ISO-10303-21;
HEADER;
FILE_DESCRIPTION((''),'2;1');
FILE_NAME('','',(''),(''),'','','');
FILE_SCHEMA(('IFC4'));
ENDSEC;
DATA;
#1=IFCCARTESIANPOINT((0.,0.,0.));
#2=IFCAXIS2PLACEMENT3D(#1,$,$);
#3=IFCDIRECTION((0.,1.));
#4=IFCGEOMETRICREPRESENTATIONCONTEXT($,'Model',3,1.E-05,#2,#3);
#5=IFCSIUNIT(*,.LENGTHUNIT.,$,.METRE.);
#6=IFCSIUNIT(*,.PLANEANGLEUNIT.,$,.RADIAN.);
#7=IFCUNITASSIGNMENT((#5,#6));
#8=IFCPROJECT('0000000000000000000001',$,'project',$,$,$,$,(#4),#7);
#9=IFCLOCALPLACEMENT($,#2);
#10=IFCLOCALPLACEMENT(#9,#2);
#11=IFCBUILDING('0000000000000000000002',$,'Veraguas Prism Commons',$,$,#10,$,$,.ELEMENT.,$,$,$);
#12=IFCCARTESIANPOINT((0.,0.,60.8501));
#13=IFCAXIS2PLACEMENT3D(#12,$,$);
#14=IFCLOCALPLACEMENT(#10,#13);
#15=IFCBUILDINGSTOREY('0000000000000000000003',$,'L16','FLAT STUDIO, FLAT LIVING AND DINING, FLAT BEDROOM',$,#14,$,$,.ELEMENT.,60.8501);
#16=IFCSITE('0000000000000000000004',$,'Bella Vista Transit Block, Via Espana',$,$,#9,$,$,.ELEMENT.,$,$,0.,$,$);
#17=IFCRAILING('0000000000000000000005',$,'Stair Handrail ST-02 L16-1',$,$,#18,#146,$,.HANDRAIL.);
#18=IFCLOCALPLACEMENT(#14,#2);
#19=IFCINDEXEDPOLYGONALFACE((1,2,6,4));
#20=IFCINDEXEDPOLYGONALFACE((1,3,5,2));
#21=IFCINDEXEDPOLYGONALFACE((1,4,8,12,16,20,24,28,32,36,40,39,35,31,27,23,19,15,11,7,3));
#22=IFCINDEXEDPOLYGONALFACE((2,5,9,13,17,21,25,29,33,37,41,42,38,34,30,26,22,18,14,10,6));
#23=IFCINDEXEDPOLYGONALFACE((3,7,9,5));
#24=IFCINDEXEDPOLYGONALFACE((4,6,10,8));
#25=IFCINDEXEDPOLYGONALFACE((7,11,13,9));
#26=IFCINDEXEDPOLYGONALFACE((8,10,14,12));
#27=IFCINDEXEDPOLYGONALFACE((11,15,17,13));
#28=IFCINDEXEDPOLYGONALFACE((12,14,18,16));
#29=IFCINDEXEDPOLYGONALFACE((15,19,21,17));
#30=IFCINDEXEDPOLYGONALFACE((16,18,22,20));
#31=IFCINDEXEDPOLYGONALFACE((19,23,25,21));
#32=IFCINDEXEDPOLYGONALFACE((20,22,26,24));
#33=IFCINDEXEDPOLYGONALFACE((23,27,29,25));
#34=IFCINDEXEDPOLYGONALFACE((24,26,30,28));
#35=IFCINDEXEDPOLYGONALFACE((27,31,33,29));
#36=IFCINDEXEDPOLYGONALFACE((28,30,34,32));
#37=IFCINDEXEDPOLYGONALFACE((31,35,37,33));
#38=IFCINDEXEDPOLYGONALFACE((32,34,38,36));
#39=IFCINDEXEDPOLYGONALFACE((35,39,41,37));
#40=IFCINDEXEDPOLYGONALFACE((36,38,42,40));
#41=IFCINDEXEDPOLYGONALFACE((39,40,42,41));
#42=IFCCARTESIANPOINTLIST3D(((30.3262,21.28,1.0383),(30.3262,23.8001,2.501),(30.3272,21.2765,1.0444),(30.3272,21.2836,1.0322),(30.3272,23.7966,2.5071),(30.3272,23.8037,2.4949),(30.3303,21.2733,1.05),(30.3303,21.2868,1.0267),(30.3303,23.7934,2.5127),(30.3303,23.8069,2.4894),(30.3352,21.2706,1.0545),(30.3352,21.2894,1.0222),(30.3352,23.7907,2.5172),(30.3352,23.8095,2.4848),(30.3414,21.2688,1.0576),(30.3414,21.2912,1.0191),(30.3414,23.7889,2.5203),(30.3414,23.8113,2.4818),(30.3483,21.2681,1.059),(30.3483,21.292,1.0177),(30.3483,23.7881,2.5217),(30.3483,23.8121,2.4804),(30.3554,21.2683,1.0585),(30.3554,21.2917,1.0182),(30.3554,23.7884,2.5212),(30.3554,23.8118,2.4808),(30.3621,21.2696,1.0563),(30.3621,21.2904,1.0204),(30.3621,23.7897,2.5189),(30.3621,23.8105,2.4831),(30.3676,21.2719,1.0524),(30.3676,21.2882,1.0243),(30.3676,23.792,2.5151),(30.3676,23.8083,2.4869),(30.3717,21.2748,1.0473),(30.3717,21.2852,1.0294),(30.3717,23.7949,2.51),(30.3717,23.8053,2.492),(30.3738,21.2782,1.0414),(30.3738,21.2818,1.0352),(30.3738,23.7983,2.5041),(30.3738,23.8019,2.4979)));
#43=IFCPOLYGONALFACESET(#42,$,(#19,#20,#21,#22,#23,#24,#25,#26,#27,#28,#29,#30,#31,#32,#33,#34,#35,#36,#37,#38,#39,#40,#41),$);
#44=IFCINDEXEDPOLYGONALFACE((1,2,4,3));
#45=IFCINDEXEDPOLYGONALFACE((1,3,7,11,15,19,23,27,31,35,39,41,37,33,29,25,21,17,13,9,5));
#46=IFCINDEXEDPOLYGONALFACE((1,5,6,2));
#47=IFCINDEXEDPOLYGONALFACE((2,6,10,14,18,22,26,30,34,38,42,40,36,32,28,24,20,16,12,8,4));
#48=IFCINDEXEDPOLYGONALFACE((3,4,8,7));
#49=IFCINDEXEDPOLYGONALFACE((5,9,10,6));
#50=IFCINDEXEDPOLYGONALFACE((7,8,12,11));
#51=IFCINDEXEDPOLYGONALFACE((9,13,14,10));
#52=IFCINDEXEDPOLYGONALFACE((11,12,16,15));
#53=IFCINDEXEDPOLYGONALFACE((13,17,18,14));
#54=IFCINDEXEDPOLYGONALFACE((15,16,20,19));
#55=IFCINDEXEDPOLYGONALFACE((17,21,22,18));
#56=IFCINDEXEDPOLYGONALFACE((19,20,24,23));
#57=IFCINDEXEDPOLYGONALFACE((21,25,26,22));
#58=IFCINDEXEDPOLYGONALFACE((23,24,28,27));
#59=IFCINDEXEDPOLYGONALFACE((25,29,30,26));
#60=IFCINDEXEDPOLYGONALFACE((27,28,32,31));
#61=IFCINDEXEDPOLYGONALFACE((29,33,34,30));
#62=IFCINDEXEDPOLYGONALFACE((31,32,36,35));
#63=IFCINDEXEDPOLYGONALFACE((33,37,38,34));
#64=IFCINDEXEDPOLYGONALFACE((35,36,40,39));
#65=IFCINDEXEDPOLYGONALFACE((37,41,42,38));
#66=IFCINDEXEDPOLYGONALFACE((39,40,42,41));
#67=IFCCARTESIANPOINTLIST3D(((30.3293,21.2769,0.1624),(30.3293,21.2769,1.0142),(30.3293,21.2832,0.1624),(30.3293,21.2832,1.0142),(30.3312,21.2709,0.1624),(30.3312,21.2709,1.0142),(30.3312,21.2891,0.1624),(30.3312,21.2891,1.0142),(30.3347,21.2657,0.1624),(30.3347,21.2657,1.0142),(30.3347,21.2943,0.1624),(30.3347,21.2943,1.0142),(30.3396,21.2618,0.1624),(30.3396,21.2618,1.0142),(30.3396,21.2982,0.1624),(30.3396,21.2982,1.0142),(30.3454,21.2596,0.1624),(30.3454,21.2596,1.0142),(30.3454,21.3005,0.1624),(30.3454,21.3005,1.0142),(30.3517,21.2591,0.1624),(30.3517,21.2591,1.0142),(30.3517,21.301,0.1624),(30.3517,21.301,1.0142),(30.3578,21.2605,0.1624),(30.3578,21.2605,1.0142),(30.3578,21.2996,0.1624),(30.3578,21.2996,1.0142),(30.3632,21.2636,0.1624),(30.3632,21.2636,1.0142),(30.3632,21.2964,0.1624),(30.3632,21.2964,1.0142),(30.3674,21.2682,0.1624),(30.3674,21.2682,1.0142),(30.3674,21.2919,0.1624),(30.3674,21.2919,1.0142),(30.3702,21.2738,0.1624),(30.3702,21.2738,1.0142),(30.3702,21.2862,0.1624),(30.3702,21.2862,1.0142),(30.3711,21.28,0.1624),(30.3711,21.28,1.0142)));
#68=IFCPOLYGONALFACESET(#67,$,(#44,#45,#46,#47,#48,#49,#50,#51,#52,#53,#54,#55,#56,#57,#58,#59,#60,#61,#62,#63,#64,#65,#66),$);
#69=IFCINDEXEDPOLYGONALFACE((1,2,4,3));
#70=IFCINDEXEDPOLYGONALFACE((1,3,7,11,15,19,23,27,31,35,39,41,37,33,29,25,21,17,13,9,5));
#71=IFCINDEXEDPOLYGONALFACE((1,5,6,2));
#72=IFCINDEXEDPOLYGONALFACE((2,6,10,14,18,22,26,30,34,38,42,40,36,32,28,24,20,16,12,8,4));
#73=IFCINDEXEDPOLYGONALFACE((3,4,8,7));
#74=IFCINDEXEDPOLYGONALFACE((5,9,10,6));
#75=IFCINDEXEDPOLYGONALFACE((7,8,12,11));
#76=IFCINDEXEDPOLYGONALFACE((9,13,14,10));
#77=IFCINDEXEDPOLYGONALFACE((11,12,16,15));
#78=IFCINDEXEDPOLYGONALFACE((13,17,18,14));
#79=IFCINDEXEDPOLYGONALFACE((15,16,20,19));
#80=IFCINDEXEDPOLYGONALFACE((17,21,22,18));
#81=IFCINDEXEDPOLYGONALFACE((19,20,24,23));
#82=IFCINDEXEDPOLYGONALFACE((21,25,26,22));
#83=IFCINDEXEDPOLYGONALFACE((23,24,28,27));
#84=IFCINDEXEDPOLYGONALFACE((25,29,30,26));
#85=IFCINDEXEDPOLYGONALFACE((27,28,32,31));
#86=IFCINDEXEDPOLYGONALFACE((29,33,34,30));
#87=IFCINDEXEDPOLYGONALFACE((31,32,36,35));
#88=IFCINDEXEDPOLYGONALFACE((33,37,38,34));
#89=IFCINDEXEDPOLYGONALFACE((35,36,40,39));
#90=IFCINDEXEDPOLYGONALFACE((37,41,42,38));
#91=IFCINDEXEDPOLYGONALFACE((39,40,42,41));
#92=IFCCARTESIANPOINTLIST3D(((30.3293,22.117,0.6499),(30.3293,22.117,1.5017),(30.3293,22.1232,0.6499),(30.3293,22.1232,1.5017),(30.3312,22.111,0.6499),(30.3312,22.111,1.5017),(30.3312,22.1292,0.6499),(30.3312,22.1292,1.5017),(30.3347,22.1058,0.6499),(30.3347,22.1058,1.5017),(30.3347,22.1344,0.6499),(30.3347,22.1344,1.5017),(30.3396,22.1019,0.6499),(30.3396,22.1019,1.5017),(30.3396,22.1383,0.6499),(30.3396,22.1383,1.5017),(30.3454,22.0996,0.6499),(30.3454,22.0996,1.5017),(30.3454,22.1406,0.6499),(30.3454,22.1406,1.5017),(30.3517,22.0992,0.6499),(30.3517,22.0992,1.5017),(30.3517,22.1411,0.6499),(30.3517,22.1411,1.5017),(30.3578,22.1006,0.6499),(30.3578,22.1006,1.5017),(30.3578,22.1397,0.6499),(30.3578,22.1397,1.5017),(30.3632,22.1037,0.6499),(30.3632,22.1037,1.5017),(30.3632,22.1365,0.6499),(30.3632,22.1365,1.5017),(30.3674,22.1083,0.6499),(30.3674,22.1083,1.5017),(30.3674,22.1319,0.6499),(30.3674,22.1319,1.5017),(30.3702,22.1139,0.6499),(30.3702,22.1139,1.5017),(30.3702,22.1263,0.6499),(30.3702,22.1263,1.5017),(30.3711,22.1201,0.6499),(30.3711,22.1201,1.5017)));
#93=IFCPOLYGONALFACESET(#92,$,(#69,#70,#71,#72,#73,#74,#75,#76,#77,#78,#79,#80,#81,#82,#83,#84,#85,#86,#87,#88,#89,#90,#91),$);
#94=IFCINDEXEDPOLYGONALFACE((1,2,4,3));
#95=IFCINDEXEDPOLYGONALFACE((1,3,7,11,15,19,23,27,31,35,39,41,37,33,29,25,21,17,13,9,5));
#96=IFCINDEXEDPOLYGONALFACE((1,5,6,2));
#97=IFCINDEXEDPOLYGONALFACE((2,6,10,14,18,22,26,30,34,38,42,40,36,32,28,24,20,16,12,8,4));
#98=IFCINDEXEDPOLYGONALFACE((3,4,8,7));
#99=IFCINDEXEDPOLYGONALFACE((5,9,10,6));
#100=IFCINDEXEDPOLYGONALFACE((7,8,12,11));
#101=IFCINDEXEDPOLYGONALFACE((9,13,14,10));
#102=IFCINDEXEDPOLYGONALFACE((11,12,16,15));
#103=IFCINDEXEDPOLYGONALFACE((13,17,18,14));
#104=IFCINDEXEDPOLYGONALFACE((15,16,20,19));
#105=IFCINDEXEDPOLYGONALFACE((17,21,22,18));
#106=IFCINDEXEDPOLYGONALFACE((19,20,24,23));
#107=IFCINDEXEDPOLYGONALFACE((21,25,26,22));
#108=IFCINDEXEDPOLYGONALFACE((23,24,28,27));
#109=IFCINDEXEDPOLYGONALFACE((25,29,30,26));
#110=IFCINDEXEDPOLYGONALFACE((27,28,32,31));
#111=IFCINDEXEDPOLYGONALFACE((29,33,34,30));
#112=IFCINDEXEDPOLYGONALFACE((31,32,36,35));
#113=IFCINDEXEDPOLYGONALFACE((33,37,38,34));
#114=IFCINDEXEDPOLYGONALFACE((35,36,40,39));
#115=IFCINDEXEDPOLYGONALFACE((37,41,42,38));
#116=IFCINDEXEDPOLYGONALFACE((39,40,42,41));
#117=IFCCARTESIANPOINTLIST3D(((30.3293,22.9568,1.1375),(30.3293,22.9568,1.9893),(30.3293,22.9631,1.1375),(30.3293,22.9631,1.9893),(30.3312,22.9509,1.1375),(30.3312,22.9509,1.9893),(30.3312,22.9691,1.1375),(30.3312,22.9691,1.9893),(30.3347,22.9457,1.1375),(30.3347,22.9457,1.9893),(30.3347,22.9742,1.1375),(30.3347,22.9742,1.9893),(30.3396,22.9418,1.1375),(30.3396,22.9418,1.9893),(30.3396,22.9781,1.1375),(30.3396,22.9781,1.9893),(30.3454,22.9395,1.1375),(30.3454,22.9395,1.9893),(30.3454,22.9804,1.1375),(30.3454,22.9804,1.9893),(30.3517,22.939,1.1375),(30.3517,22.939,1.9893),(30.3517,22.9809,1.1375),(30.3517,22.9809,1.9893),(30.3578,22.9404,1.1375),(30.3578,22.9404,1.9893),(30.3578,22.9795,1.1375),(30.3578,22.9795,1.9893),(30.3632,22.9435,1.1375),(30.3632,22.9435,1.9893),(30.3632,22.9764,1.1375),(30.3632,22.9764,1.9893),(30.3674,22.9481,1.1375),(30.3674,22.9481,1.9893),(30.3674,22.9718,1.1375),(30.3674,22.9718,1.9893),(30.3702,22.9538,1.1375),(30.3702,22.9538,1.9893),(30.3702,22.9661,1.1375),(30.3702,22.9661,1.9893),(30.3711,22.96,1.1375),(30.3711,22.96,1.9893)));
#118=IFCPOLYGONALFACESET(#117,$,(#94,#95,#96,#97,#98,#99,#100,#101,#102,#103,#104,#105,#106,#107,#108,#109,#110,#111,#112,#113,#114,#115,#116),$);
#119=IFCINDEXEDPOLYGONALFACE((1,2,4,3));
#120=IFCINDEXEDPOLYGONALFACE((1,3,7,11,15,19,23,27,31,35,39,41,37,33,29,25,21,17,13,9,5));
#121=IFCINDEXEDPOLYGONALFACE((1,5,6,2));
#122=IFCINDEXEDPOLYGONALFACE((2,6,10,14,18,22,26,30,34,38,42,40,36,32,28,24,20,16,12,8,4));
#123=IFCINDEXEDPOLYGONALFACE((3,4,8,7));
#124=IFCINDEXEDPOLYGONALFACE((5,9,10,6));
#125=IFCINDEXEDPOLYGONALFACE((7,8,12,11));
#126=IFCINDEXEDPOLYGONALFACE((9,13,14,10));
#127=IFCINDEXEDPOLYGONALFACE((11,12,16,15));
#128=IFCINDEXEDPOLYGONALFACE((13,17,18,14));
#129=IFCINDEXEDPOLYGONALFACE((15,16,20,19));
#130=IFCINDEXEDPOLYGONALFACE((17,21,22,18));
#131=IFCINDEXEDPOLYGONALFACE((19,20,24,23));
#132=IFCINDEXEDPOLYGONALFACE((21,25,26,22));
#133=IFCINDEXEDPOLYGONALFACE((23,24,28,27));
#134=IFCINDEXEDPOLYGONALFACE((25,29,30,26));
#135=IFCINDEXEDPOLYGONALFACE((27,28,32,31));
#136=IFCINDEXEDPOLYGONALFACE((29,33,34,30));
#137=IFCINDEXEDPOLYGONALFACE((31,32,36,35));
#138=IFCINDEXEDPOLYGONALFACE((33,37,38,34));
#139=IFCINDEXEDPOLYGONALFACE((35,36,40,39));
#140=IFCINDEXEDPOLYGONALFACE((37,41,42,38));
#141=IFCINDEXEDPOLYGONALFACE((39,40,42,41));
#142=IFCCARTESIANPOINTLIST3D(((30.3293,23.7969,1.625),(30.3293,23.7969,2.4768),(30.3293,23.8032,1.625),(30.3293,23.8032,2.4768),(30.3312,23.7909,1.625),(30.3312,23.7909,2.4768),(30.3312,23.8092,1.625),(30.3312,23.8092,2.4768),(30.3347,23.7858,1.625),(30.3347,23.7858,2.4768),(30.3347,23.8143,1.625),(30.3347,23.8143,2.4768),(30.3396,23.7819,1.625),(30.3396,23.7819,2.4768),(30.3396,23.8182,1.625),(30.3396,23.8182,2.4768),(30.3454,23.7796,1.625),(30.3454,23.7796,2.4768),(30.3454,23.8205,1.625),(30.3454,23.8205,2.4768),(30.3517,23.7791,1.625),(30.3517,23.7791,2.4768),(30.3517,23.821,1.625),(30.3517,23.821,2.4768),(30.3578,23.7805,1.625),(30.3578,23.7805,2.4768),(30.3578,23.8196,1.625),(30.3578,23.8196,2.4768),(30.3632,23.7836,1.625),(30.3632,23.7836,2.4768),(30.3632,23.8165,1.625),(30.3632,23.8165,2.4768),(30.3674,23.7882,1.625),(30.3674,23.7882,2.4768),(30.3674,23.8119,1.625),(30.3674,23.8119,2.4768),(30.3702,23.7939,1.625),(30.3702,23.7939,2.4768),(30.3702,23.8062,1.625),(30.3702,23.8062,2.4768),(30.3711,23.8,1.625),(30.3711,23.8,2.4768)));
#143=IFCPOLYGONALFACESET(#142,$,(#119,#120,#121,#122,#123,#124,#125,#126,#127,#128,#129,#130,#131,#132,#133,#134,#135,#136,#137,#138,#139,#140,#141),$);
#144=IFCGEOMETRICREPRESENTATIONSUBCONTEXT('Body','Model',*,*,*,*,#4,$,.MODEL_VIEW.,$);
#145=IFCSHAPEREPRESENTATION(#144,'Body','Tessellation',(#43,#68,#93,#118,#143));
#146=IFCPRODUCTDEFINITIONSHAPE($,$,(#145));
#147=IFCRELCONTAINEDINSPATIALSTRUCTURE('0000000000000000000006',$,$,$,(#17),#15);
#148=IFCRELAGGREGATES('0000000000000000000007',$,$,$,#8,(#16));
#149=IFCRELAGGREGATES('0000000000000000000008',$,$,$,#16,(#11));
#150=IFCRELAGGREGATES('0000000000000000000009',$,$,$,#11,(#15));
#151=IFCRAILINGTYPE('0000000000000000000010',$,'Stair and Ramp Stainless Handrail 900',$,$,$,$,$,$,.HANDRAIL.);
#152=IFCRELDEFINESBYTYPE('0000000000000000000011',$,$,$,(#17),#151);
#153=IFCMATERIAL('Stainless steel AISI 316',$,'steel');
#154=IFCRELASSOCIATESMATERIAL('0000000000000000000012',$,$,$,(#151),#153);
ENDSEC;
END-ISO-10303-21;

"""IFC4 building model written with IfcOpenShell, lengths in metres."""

from ifc_helpers import new_model, si_unit, direction, frame, origin, origin_2d, place, context, subcontext, project, spatial, circle, extrude, material, type_object, element, save


model = new_model("IFC4")

# Units and contexts
model_context = context("Model", 3, precision=1e-05, world=origin(), true_north=direction((0.0, 1.0)))
body_context = subcontext(model_context, "Body", "Model", "MODEL_VIEW")
ifc_project = project(units=[si_unit("LENGTHUNIT", "METRE"), si_unit("PLANEANGLEUNIT", "RADIAN")], contexts=[model_context])

# Site, building, storey
site_placement = place(None, origin())
site = spatial("IfcSite", under=ifc_project, at=site_placement, Name="Bella Vista Transit Block, Via Espana", CompositionType="ELEMENT", RefElevation=0.0)
building_placement = place(site_placement, origin())
building = spatial("IfcBuilding", under=site, at=building_placement, Name="Veraguas Prism Commons", CompositionType="ELEMENT")
storey_placement = place(building_placement, frame((0.0, 0.0, 60.8501)))
storey = spatial("IfcBuildingStorey", under=building, at=storey_placement, Name="L16", Description="FLAT STUDIO, FLAT LIVING AND DINING, FLAT BEDROOM", CompositionType="ELEMENT", Elevation=60.8501)

# Shared definitions
ifc_material_1 = material(Name="Stainless steel AISI 316", Category="steel")

# Railing
railing_type_1 = type_object("IfcRailingType", Name="Stair and Ramp Stainless Handrail 900", PredefinedType="HANDRAIL", material=ifc_material_1)
railing_1_placement = place(storey_placement, frame((30.3501, 21.28, 0.1624)))
element("IfcRailing", 1, at=railing_1_placement, inside=storey, type_object=railing_type_1, Name="Stair Handrail ST-02 L16-1", PredefinedType="HANDRAIL", context=body_context, shape_type="SweptSolid", body=[
    extrude(circle(Radius=0.0239, at=origin_2d()), frame((0.0, 0.0, 0.876), z_axis=(0.0, 0.864877, 0.501984), x_axis=(-1.0, 0.0, 0.0)), (0.0, 0.0, 1.0), 2.9138),
    extrude(circle(Radius=0.021, at=origin_2d()), origin(), (0.0, 0.0, 1.0), 0.8518),
    extrude(circle(Radius=0.021, at=origin_2d()), frame((0.0, 0.8401, 0.4875)), (0.0, 0.0, 1.0), 0.8518),
    extrude(circle(Radius=0.021, at=origin_2d()), frame((0.0, 1.6799, 0.9751)), (0.0, 0.0, 1.0), 0.8518),
    extrude(circle(Radius=0.021, at=origin_2d()), frame((0.0, 2.52, 1.4626)), (0.0, 0.0, 1.0), 0.8518),
])

save(model, "model.ifc")
